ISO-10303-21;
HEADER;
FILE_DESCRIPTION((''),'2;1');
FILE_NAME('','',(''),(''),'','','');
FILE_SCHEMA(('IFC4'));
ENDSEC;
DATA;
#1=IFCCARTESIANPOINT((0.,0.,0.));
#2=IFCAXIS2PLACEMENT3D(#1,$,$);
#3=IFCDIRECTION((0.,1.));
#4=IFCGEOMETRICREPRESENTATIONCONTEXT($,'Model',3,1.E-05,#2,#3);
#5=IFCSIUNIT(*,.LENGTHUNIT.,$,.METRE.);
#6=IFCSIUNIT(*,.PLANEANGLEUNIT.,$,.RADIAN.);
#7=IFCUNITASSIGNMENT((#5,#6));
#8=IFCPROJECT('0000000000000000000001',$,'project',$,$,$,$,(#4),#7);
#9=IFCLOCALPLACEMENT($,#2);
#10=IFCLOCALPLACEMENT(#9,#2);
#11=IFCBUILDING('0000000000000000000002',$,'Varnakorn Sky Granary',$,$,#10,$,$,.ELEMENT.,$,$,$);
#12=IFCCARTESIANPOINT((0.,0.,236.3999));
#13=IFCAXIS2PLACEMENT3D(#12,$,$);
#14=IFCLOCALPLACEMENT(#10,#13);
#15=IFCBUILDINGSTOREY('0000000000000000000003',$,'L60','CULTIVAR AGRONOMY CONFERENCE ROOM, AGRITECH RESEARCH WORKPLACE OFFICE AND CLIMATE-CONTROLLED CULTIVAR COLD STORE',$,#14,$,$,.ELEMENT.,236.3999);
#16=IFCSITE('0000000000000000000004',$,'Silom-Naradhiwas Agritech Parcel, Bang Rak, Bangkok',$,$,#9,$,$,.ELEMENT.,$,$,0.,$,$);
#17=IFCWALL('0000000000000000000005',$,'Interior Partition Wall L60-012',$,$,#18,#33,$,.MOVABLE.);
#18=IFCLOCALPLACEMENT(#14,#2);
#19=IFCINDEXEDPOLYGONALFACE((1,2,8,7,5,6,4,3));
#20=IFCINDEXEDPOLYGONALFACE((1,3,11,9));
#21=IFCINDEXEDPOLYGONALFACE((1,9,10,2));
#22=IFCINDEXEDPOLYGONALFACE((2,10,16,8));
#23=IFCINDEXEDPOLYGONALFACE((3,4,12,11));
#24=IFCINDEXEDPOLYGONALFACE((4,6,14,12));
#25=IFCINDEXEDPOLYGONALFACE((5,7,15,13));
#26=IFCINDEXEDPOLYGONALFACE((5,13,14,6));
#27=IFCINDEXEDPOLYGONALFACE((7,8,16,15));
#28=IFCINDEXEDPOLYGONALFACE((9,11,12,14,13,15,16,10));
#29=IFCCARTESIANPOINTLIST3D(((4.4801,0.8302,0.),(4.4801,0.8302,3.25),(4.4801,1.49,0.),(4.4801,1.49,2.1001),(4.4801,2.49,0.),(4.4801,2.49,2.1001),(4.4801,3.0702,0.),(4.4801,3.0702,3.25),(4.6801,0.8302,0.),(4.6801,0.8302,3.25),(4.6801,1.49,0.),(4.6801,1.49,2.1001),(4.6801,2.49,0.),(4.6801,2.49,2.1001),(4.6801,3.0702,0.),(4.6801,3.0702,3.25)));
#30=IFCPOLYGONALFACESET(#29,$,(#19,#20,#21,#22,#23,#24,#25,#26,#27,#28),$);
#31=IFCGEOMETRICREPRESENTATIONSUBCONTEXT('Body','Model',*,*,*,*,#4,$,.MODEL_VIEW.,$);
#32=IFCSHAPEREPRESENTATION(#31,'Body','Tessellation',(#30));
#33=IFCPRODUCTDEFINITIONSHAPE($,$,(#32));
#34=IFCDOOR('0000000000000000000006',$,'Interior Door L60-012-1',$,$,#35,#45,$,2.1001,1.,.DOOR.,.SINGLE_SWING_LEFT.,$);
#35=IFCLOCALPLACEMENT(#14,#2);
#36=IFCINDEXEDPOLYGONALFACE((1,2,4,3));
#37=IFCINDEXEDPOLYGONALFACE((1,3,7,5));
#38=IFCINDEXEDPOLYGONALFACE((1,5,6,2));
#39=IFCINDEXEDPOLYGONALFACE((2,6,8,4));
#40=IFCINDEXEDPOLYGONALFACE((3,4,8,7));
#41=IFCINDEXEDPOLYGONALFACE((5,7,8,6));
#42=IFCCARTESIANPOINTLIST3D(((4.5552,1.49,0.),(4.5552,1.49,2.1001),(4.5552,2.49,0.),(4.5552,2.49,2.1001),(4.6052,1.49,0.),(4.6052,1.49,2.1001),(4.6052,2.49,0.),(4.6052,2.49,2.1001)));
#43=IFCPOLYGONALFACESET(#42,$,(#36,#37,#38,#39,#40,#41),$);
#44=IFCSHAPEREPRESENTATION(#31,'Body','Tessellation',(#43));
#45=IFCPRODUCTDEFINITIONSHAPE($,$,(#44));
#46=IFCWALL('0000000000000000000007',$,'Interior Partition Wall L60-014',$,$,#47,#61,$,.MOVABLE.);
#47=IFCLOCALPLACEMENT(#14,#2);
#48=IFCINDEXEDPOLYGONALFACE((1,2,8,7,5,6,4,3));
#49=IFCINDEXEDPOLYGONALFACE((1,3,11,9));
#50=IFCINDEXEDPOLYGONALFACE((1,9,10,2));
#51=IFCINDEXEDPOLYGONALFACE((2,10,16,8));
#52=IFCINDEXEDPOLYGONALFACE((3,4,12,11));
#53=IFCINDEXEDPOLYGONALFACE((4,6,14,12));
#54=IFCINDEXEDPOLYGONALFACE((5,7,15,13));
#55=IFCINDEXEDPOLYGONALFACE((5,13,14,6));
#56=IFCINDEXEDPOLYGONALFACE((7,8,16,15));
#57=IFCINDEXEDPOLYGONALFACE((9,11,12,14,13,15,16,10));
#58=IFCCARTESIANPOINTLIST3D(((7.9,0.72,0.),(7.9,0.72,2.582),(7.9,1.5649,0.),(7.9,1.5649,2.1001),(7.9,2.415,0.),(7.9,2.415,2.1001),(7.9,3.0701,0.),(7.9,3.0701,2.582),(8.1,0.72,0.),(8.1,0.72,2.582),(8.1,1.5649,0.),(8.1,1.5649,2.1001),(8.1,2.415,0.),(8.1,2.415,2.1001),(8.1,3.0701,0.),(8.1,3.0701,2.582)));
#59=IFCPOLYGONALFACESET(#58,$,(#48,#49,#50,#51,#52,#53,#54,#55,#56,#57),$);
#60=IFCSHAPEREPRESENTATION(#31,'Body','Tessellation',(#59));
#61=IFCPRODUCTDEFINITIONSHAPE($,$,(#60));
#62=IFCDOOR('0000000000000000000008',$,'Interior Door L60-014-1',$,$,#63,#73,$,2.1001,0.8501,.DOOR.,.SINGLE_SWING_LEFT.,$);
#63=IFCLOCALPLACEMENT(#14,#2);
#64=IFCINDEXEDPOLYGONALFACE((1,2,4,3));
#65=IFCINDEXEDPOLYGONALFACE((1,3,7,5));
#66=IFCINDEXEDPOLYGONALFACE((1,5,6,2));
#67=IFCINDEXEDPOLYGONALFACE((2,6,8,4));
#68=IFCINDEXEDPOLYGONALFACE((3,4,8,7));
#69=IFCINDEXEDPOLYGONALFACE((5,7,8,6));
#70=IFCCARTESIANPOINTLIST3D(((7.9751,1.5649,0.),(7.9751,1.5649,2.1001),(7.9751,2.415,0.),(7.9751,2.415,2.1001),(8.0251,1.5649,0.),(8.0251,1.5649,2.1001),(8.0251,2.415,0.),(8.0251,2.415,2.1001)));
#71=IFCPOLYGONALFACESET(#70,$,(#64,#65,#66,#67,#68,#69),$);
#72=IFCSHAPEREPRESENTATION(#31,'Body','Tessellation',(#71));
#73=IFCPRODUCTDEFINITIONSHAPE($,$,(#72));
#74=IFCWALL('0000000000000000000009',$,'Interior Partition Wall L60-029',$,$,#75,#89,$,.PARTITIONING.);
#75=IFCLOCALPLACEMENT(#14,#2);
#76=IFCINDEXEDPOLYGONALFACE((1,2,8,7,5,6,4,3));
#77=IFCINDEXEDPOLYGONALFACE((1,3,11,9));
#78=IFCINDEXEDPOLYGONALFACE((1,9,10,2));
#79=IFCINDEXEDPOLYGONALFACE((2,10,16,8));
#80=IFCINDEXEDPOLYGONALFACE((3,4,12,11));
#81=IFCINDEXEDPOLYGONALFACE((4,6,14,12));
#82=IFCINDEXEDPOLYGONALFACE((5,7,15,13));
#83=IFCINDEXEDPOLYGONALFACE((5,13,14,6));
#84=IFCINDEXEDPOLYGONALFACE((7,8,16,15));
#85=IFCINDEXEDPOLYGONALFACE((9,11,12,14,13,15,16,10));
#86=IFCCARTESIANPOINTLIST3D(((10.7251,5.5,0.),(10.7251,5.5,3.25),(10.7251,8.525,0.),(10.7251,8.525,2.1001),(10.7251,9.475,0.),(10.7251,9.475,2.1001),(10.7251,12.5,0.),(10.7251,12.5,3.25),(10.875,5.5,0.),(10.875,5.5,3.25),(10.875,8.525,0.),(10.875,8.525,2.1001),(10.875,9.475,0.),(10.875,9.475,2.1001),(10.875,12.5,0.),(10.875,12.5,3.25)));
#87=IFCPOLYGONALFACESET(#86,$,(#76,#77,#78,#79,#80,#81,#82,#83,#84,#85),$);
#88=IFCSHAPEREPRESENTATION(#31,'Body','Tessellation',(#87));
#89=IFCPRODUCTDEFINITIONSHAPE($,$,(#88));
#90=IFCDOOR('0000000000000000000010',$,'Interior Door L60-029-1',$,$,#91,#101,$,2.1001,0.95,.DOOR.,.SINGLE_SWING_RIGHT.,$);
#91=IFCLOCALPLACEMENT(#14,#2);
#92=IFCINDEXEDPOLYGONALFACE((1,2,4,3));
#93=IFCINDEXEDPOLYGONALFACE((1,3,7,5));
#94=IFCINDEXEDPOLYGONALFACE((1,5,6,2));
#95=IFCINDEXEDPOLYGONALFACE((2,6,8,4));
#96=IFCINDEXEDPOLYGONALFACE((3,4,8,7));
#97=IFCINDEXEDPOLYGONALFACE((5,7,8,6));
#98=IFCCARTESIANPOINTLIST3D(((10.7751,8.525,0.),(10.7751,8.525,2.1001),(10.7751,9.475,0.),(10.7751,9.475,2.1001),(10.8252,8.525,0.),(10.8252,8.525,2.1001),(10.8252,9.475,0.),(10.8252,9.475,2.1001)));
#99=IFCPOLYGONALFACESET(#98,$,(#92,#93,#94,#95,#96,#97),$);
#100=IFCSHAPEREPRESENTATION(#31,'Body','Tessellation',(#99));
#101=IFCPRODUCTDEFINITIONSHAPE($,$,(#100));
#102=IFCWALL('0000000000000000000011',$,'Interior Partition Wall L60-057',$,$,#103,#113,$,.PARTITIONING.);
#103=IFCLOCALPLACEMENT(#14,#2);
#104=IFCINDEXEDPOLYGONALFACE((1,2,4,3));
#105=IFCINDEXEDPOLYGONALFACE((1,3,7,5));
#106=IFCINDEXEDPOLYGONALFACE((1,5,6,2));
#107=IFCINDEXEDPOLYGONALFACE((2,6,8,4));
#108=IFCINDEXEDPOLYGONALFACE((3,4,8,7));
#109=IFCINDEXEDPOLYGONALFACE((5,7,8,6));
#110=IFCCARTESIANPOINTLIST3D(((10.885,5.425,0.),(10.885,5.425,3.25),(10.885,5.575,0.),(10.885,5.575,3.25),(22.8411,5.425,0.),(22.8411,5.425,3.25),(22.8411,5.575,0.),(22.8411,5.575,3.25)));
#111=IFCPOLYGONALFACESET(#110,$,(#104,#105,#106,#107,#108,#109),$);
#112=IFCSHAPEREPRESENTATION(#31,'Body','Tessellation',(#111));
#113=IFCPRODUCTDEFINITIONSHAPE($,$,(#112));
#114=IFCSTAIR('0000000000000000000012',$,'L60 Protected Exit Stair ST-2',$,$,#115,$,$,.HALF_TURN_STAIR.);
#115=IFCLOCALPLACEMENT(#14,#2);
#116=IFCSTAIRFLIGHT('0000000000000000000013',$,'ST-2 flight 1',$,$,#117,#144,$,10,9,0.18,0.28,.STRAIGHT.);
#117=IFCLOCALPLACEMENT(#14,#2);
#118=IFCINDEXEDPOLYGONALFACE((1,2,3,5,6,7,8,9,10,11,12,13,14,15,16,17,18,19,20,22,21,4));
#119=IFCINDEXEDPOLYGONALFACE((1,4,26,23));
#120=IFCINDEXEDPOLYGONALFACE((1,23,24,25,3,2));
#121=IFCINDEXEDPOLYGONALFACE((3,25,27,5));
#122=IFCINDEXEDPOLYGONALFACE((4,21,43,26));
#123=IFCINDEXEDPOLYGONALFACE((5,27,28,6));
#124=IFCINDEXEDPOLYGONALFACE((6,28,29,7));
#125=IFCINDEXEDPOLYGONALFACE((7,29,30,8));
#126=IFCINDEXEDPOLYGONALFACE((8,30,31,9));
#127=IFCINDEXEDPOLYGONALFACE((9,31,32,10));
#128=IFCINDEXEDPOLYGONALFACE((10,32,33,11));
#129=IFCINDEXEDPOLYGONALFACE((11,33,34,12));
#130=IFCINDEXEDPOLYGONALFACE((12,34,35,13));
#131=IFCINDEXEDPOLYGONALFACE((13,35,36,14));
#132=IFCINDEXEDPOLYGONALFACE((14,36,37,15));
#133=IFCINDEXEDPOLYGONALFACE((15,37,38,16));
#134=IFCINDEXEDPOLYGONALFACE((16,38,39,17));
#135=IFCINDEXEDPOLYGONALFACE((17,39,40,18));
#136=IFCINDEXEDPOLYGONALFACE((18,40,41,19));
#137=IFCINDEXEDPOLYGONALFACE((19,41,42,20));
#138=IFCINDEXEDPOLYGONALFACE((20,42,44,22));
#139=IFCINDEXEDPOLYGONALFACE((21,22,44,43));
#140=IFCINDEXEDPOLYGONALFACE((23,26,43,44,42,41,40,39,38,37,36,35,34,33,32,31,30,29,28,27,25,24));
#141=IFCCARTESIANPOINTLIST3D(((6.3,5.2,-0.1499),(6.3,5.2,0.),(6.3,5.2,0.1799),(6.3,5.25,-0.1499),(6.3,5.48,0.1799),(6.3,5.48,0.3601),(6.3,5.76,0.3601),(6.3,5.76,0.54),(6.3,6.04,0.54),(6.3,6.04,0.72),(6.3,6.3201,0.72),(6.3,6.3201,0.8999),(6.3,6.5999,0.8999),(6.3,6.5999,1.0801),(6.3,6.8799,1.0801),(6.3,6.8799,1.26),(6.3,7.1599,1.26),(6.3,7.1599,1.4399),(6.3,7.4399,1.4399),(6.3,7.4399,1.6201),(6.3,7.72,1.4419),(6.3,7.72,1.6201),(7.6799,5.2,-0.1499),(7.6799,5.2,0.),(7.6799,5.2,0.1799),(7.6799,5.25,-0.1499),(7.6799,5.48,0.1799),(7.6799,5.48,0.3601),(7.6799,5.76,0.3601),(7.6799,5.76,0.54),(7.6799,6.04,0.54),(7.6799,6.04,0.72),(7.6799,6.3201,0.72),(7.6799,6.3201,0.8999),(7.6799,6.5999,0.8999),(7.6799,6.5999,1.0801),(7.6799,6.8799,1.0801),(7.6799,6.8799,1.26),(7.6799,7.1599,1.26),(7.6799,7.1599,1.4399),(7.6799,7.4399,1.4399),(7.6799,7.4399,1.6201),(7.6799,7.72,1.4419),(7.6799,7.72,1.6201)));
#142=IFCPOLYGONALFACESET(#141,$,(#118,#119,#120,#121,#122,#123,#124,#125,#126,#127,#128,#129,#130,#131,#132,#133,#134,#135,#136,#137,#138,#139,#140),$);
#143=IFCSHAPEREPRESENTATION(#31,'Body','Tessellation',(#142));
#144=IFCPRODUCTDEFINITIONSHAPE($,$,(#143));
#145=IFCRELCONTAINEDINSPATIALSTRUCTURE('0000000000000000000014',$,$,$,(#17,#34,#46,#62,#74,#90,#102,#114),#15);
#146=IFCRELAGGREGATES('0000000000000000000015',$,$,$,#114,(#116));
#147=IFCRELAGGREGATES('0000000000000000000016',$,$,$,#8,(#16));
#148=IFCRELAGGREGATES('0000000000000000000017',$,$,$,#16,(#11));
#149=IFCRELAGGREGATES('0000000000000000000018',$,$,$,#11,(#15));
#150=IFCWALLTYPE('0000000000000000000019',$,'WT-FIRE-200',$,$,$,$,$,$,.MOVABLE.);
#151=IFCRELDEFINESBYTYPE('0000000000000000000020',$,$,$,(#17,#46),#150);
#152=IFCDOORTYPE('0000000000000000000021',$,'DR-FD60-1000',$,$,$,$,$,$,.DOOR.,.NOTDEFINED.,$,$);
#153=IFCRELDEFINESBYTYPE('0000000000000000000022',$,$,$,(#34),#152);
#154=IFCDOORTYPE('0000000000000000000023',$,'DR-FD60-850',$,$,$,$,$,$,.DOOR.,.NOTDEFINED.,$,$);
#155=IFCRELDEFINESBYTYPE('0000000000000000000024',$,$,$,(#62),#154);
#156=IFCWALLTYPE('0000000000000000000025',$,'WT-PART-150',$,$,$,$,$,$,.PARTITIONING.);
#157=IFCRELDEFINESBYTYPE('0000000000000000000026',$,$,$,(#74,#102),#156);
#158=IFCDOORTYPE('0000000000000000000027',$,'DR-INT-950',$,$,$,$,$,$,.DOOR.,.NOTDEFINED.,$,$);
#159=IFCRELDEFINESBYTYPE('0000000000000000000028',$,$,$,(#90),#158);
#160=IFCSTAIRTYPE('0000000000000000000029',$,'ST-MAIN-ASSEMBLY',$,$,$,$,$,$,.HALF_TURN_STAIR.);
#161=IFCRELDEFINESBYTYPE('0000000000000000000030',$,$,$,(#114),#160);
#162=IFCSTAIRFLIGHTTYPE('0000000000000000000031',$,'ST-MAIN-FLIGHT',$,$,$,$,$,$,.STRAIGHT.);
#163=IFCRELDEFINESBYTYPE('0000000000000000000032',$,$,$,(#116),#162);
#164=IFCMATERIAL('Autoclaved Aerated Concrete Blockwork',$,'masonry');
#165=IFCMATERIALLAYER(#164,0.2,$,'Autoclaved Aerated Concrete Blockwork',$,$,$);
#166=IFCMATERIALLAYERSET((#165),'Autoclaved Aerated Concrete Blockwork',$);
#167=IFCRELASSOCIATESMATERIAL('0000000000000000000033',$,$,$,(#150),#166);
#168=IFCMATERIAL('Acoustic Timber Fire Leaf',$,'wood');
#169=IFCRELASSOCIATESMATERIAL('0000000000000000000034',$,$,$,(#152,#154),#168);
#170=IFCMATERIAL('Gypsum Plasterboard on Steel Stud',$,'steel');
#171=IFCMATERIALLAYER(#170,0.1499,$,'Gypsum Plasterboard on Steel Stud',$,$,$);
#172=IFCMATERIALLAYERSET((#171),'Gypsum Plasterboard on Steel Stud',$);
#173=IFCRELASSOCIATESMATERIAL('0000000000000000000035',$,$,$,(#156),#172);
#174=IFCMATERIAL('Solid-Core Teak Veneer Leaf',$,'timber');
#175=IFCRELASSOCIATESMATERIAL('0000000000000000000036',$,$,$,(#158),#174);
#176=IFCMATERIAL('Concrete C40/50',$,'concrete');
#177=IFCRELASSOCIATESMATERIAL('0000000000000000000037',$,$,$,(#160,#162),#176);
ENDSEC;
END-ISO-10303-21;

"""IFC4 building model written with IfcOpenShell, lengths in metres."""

from ifc_helpers import new_model, si_unit, direction, frame, frame_2d, origin, place, context, subcontext, project, spatial, polyline, rectangle, outline, extrude, material, layer, layer_set, type_object, element, fill, aggregate, save


model = new_model("IFC4")

# Units and contexts
model_context = context("Model", 3, precision=1e-05, world=origin(), true_north=direction((0.0, 1.0)))
body_context = subcontext(model_context, "Body", "Model", "MODEL_VIEW")
ifc_project = project(units=[si_unit("LENGTHUNIT", "METRE"), si_unit("PLANEANGLEUNIT", "RADIAN")], contexts=[model_context])

# Site, building, storey
site_placement = place(None, origin())
site = spatial("IfcSite", under=ifc_project, at=site_placement, Name="Silom-Naradhiwas Agritech Parcel, Bang Rak, Bangkok", CompositionType="ELEMENT", RefElevation=0.0)
building_placement = place(site_placement, origin())
building = spatial("IfcBuilding", under=site, at=building_placement, Name="Varnakorn Sky Granary", CompositionType="ELEMENT")
storey_placement = place(building_placement, frame((0.0, 0.0, 236.3999)))
storey = spatial("IfcBuildingStorey", under=building, at=storey_placement, Name="L60", Description="CULTIVAR AGRONOMY CONFERENCE ROOM, AGRITECH RESEARCH WORKPLACE OFFICE AND CLIMATE-CONTROLLED CULTIVAR COLD STORE", CompositionType="ELEMENT", Elevation=236.3999)

# Walls, openings, doors
ifc_material_1 = material(Name="Autoclaved Aerated Concrete Blockwork", Category="masonry")
ifc_layer_1 = layer(ifc_material_1, 0.2, Name="Autoclaved Aerated Concrete Blockwork")
ifc_layer_set_1 = layer_set([ifc_layer_1], Name="Autoclaved Aerated Concrete Blockwork")
wall_type_1 = type_object("IfcWallType", Name="WT-FIRE-200", PredefinedType="MOVABLE", material=ifc_layer_set_1)
wall_1_placement = place(storey_placement, frame((4.5801, 0.8301, 0.0), z_axis=(0.0, 0.0, 1.0), x_axis=(0.0, 1.0, 0.0)))
wall_1 = element("IfcWall", 1, at=wall_1_placement, inside=storey, type_object=wall_type_1, Name="Interior Partition Wall L60-012", PredefinedType="MOVABLE", context=body_context, shape_type="SweptSolid", body=[
    extrude(rectangle(XDim=2.24, YDim=0.2, at=frame_2d((1.1201, 0.0))), origin(), (0.0, 0.0, 1.0), 3.25),
])
opening_1_placement = place(wall_1_placement, frame((0.6599, 0.0, 0.0)))
opening_1 = element("IfcOpeningElement", 2, at=opening_1_placement, cuts=wall_1, PredefinedType="OPENING", context=body_context, shape_type="SweptSolid", body=[
    extrude(rectangle(XDim=1.0, YDim=2.1001, at=frame_2d((0.5, 1.05))), frame((0.0, 0.1099, 0.0), z_axis=(0.0, -1.0, 0.0), x_axis=(1.0, 0.0, 0.0)), (0.0, 0.0, 1.0), 0.22),
])
ifc_material_2 = material(Name="Acoustic Timber Fire Leaf", Category="wood")
door_type_1 = type_object("IfcDoorType", Name="DR-FD60-1000", OperationType="NOTDEFINED", PredefinedType="DOOR", material=ifc_material_2)
door_1_placement = place(opening_1_placement, origin())
door_1 = element("IfcDoor", 3, at=door_1_placement, inside=storey, type_object=door_type_1, Name="Interior Door L60-012-1", OperationType="SINGLE_SWING_LEFT", OverallHeight=2.1001, OverallWidth=1.0, PredefinedType="DOOR", context=body_context, shape_type="SweptSolid", body=[
    extrude(rectangle(XDim=1.0, YDim=2.1001, at=frame_2d((0.5, 1.05))), frame((0.0, 0.0249, 0.0), z_axis=(0.0, -1.0, 0.0), x_axis=(1.0, 0.0, 0.0)), (0.0, 0.0, 1.0), 0.05),
])
fill(opening_1, door_1)
wall_2_placement = place(storey_placement, frame((8.0, 0.72, 0.0), z_axis=(0.0, 0.0, 1.0), x_axis=(0.0, 1.0, 0.0)))
wall_2 = element("IfcWall", 4, at=wall_2_placement, inside=storey, type_object=wall_type_1, Name="Interior Partition Wall L60-014", PredefinedType="MOVABLE", context=body_context, shape_type="SweptSolid", body=[
    extrude(rectangle(XDim=2.3501, YDim=0.2, at=frame_2d((1.175, 0.0))), origin(), (0.0, 0.0, 1.0), 2.582),
])
opening_2_placement = place(wall_2_placement, frame((0.845, 0.0, 0.0)))
opening_2 = element("IfcOpeningElement", 5, at=opening_2_placement, cuts=wall_2, PredefinedType="OPENING", context=body_context, shape_type="SweptSolid", body=[
    extrude(rectangle(XDim=0.8501, YDim=2.1001, at=frame_2d((0.425, 1.05))), frame((0.0, 0.1099, 0.0), z_axis=(0.0, -1.0, 0.0), x_axis=(1.0, 0.0, 0.0)), (0.0, 0.0, 1.0), 0.22),
])
door_type_2 = type_object("IfcDoorType", Name="DR-FD60-850", OperationType="NOTDEFINED", PredefinedType="DOOR", material=ifc_material_2)
door_2_placement = place(opening_2_placement, origin())
door_2 = element("IfcDoor", 6, at=door_2_placement, inside=storey, type_object=door_type_2, Name="Interior Door L60-014-1", OperationType="SINGLE_SWING_LEFT", OverallHeight=2.1001, OverallWidth=0.8501, PredefinedType="DOOR", context=body_context, shape_type="SweptSolid", body=[
    extrude(rectangle(XDim=0.8501, YDim=2.1001, at=frame_2d((0.425, 1.05))), frame((0.0, 0.0249, 0.0), z_axis=(0.0, -1.0, 0.0), x_axis=(1.0, 0.0, 0.0)), (0.0, 0.0, 1.0), 0.05),
])
fill(opening_2, door_2)
ifc_material_3 = material(Name="Gypsum Plasterboard on Steel Stud", Category="steel")
ifc_layer_2 = layer(ifc_material_3, 0.1499, Name="Gypsum Plasterboard on Steel Stud")
ifc_layer_set_2 = layer_set([ifc_layer_2], Name="Gypsum Plasterboard on Steel Stud")
wall_type_2 = type_object("IfcWallType", Name="WT-PART-150", PredefinedType="PARTITIONING", material=ifc_layer_set_2)
wall_3_placement = place(storey_placement, frame((10.8, 5.5, 0.0), z_axis=(0.0, 0.0, 1.0), x_axis=(0.0, 1.0, 0.0)))
wall_3 = element("IfcWall", 7, at=wall_3_placement, inside=storey, type_object=wall_type_2, Name="Interior Partition Wall L60-029", PredefinedType="PARTITIONING", context=body_context, shape_type="SweptSolid", body=[
    extrude(rectangle(XDim=7.0, YDim=0.1499, at=frame_2d((3.5, 0.0))), origin(), (0.0, 0.0, 1.0), 3.25),
])
opening_3_placement = place(wall_3_placement, frame((3.0249, 0.0, 0.0)))
opening_3 = element("IfcOpeningElement", 8, at=opening_3_placement, cuts=wall_3, PredefinedType="OPENING", context=body_context, shape_type="SweptSolid", body=[
    extrude(rectangle(XDim=0.95, YDim=2.1001, at=frame_2d((0.4751, 1.05))), frame((0.0, 0.085, 0.0), z_axis=(0.0, -1.0, 0.0), x_axis=(1.0, 0.0, 0.0)), (0.0, 0.0, 1.0), 0.1699),
])
ifc_material_4 = material(Name="Solid-Core Teak Veneer Leaf", Category="timber")
door_type_3 = type_object("IfcDoorType", Name="DR-INT-950", OperationType="NOTDEFINED", PredefinedType="DOOR", material=ifc_material_4)
door_3_placement = place(opening_3_placement, origin())
door_3 = element("IfcDoor", 9, at=door_3_placement, inside=storey, type_object=door_type_3, Name="Interior Door L60-029-1", OperationType="SINGLE_SWING_RIGHT", OverallHeight=2.1001, OverallWidth=0.95, PredefinedType="DOOR", context=body_context, shape_type="SweptSolid", body=[
    extrude(rectangle(XDim=0.95, YDim=2.1001, at=frame_2d((0.4751, 1.05))), frame((0.0, 0.0249, 0.0), z_axis=(0.0, -1.0, 0.0), x_axis=(1.0, 0.0, 0.0)), (0.0, 0.0, 1.0), 0.05),
])
fill(opening_3, door_3)

# Wall
wall_4_placement = place(storey_placement, frame((10.885, 5.5, 0.0), z_axis=(0.0, 0.0, 1.0), x_axis=(1.0, 0.0, 0.0)))
element("IfcWall", 10, at=wall_4_placement, inside=storey, type_object=wall_type_2, Name="Interior Partition Wall L60-057", PredefinedType="PARTITIONING", context=body_context, shape_type="SweptSolid", body=[
    extrude(rectangle(XDim=11.9561, YDim=0.1499, at=frame_2d((5.978, 0.0))), origin(), (0.0, 0.0, 1.0), 3.25),
])

# Stair, stair flight
ifc_material_5 = material(Name="Concrete C40/50", Category="concrete")
stair_type = type_object("IfcStairType", Name="ST-MAIN-ASSEMBLY", PredefinedType="HALF_TURN_STAIR", material=ifc_material_5)
stair_placement = place(storey_placement, origin())
stair = element("IfcStair", 11, at=stair_placement, inside=storey, type_object=stair_type, Name="L60 Protected Exit Stair ST-2", PredefinedType="HALF_TURN_STAIR")
stair_flight_type = type_object("IfcStairFlightType", Name="ST-MAIN-FLIGHT", PredefinedType="STRAIGHT", material=ifc_material_5)
stair_flight_1_placement = place(storey_placement, frame((6.99, 5.2, 0.0), z_axis=(0.0, 0.0, 1.0), x_axis=(0.0, 1.0, 0.0)))
stair_flight_1 = element("IfcStairFlight", 12, at=stair_flight_1_placement, type_object=stair_flight_type, Name="ST-2 flight 1", NumberOfRisers=10, NumberOfTreads=9, PredefinedType="STRAIGHT", RiserHeight=0.18, TreadLength=0.28, context=body_context, shape_type="SweptSolid", body=[
    extrude(outline(polyline([(0.0, -0.1499), (0.0, 0.0), (0.0, 0.1799), (0.28, 0.1799), (0.28, 0.3601), (0.5601, 0.3601), (0.5601, 0.54), (0.8401, 0.54), (0.8401, 0.72), (1.1201, 0.72), (1.1201, 0.8999), (1.3999, 0.8999), (1.3999, 1.0801), (1.6799, 1.0801), (1.6799, 1.26), (1.96, 1.26), (1.96, 1.4399), (2.24, 1.4399), (2.24, 1.6201), (2.52, 1.6201), (2.52, 1.8), (2.52, 1.4419), (0.05, -0.1499), (0.0, -0.1499)])), frame((0.0, 0.6899, 0.0), z_axis=(0.0, -1.0, 0.0), x_axis=(1.0, 0.0, 0.0)), (0.0, 0.0, 1.0), 1.3799),
])
aggregate(stair, [stair_flight_1])

save(model, "model.ifc")
